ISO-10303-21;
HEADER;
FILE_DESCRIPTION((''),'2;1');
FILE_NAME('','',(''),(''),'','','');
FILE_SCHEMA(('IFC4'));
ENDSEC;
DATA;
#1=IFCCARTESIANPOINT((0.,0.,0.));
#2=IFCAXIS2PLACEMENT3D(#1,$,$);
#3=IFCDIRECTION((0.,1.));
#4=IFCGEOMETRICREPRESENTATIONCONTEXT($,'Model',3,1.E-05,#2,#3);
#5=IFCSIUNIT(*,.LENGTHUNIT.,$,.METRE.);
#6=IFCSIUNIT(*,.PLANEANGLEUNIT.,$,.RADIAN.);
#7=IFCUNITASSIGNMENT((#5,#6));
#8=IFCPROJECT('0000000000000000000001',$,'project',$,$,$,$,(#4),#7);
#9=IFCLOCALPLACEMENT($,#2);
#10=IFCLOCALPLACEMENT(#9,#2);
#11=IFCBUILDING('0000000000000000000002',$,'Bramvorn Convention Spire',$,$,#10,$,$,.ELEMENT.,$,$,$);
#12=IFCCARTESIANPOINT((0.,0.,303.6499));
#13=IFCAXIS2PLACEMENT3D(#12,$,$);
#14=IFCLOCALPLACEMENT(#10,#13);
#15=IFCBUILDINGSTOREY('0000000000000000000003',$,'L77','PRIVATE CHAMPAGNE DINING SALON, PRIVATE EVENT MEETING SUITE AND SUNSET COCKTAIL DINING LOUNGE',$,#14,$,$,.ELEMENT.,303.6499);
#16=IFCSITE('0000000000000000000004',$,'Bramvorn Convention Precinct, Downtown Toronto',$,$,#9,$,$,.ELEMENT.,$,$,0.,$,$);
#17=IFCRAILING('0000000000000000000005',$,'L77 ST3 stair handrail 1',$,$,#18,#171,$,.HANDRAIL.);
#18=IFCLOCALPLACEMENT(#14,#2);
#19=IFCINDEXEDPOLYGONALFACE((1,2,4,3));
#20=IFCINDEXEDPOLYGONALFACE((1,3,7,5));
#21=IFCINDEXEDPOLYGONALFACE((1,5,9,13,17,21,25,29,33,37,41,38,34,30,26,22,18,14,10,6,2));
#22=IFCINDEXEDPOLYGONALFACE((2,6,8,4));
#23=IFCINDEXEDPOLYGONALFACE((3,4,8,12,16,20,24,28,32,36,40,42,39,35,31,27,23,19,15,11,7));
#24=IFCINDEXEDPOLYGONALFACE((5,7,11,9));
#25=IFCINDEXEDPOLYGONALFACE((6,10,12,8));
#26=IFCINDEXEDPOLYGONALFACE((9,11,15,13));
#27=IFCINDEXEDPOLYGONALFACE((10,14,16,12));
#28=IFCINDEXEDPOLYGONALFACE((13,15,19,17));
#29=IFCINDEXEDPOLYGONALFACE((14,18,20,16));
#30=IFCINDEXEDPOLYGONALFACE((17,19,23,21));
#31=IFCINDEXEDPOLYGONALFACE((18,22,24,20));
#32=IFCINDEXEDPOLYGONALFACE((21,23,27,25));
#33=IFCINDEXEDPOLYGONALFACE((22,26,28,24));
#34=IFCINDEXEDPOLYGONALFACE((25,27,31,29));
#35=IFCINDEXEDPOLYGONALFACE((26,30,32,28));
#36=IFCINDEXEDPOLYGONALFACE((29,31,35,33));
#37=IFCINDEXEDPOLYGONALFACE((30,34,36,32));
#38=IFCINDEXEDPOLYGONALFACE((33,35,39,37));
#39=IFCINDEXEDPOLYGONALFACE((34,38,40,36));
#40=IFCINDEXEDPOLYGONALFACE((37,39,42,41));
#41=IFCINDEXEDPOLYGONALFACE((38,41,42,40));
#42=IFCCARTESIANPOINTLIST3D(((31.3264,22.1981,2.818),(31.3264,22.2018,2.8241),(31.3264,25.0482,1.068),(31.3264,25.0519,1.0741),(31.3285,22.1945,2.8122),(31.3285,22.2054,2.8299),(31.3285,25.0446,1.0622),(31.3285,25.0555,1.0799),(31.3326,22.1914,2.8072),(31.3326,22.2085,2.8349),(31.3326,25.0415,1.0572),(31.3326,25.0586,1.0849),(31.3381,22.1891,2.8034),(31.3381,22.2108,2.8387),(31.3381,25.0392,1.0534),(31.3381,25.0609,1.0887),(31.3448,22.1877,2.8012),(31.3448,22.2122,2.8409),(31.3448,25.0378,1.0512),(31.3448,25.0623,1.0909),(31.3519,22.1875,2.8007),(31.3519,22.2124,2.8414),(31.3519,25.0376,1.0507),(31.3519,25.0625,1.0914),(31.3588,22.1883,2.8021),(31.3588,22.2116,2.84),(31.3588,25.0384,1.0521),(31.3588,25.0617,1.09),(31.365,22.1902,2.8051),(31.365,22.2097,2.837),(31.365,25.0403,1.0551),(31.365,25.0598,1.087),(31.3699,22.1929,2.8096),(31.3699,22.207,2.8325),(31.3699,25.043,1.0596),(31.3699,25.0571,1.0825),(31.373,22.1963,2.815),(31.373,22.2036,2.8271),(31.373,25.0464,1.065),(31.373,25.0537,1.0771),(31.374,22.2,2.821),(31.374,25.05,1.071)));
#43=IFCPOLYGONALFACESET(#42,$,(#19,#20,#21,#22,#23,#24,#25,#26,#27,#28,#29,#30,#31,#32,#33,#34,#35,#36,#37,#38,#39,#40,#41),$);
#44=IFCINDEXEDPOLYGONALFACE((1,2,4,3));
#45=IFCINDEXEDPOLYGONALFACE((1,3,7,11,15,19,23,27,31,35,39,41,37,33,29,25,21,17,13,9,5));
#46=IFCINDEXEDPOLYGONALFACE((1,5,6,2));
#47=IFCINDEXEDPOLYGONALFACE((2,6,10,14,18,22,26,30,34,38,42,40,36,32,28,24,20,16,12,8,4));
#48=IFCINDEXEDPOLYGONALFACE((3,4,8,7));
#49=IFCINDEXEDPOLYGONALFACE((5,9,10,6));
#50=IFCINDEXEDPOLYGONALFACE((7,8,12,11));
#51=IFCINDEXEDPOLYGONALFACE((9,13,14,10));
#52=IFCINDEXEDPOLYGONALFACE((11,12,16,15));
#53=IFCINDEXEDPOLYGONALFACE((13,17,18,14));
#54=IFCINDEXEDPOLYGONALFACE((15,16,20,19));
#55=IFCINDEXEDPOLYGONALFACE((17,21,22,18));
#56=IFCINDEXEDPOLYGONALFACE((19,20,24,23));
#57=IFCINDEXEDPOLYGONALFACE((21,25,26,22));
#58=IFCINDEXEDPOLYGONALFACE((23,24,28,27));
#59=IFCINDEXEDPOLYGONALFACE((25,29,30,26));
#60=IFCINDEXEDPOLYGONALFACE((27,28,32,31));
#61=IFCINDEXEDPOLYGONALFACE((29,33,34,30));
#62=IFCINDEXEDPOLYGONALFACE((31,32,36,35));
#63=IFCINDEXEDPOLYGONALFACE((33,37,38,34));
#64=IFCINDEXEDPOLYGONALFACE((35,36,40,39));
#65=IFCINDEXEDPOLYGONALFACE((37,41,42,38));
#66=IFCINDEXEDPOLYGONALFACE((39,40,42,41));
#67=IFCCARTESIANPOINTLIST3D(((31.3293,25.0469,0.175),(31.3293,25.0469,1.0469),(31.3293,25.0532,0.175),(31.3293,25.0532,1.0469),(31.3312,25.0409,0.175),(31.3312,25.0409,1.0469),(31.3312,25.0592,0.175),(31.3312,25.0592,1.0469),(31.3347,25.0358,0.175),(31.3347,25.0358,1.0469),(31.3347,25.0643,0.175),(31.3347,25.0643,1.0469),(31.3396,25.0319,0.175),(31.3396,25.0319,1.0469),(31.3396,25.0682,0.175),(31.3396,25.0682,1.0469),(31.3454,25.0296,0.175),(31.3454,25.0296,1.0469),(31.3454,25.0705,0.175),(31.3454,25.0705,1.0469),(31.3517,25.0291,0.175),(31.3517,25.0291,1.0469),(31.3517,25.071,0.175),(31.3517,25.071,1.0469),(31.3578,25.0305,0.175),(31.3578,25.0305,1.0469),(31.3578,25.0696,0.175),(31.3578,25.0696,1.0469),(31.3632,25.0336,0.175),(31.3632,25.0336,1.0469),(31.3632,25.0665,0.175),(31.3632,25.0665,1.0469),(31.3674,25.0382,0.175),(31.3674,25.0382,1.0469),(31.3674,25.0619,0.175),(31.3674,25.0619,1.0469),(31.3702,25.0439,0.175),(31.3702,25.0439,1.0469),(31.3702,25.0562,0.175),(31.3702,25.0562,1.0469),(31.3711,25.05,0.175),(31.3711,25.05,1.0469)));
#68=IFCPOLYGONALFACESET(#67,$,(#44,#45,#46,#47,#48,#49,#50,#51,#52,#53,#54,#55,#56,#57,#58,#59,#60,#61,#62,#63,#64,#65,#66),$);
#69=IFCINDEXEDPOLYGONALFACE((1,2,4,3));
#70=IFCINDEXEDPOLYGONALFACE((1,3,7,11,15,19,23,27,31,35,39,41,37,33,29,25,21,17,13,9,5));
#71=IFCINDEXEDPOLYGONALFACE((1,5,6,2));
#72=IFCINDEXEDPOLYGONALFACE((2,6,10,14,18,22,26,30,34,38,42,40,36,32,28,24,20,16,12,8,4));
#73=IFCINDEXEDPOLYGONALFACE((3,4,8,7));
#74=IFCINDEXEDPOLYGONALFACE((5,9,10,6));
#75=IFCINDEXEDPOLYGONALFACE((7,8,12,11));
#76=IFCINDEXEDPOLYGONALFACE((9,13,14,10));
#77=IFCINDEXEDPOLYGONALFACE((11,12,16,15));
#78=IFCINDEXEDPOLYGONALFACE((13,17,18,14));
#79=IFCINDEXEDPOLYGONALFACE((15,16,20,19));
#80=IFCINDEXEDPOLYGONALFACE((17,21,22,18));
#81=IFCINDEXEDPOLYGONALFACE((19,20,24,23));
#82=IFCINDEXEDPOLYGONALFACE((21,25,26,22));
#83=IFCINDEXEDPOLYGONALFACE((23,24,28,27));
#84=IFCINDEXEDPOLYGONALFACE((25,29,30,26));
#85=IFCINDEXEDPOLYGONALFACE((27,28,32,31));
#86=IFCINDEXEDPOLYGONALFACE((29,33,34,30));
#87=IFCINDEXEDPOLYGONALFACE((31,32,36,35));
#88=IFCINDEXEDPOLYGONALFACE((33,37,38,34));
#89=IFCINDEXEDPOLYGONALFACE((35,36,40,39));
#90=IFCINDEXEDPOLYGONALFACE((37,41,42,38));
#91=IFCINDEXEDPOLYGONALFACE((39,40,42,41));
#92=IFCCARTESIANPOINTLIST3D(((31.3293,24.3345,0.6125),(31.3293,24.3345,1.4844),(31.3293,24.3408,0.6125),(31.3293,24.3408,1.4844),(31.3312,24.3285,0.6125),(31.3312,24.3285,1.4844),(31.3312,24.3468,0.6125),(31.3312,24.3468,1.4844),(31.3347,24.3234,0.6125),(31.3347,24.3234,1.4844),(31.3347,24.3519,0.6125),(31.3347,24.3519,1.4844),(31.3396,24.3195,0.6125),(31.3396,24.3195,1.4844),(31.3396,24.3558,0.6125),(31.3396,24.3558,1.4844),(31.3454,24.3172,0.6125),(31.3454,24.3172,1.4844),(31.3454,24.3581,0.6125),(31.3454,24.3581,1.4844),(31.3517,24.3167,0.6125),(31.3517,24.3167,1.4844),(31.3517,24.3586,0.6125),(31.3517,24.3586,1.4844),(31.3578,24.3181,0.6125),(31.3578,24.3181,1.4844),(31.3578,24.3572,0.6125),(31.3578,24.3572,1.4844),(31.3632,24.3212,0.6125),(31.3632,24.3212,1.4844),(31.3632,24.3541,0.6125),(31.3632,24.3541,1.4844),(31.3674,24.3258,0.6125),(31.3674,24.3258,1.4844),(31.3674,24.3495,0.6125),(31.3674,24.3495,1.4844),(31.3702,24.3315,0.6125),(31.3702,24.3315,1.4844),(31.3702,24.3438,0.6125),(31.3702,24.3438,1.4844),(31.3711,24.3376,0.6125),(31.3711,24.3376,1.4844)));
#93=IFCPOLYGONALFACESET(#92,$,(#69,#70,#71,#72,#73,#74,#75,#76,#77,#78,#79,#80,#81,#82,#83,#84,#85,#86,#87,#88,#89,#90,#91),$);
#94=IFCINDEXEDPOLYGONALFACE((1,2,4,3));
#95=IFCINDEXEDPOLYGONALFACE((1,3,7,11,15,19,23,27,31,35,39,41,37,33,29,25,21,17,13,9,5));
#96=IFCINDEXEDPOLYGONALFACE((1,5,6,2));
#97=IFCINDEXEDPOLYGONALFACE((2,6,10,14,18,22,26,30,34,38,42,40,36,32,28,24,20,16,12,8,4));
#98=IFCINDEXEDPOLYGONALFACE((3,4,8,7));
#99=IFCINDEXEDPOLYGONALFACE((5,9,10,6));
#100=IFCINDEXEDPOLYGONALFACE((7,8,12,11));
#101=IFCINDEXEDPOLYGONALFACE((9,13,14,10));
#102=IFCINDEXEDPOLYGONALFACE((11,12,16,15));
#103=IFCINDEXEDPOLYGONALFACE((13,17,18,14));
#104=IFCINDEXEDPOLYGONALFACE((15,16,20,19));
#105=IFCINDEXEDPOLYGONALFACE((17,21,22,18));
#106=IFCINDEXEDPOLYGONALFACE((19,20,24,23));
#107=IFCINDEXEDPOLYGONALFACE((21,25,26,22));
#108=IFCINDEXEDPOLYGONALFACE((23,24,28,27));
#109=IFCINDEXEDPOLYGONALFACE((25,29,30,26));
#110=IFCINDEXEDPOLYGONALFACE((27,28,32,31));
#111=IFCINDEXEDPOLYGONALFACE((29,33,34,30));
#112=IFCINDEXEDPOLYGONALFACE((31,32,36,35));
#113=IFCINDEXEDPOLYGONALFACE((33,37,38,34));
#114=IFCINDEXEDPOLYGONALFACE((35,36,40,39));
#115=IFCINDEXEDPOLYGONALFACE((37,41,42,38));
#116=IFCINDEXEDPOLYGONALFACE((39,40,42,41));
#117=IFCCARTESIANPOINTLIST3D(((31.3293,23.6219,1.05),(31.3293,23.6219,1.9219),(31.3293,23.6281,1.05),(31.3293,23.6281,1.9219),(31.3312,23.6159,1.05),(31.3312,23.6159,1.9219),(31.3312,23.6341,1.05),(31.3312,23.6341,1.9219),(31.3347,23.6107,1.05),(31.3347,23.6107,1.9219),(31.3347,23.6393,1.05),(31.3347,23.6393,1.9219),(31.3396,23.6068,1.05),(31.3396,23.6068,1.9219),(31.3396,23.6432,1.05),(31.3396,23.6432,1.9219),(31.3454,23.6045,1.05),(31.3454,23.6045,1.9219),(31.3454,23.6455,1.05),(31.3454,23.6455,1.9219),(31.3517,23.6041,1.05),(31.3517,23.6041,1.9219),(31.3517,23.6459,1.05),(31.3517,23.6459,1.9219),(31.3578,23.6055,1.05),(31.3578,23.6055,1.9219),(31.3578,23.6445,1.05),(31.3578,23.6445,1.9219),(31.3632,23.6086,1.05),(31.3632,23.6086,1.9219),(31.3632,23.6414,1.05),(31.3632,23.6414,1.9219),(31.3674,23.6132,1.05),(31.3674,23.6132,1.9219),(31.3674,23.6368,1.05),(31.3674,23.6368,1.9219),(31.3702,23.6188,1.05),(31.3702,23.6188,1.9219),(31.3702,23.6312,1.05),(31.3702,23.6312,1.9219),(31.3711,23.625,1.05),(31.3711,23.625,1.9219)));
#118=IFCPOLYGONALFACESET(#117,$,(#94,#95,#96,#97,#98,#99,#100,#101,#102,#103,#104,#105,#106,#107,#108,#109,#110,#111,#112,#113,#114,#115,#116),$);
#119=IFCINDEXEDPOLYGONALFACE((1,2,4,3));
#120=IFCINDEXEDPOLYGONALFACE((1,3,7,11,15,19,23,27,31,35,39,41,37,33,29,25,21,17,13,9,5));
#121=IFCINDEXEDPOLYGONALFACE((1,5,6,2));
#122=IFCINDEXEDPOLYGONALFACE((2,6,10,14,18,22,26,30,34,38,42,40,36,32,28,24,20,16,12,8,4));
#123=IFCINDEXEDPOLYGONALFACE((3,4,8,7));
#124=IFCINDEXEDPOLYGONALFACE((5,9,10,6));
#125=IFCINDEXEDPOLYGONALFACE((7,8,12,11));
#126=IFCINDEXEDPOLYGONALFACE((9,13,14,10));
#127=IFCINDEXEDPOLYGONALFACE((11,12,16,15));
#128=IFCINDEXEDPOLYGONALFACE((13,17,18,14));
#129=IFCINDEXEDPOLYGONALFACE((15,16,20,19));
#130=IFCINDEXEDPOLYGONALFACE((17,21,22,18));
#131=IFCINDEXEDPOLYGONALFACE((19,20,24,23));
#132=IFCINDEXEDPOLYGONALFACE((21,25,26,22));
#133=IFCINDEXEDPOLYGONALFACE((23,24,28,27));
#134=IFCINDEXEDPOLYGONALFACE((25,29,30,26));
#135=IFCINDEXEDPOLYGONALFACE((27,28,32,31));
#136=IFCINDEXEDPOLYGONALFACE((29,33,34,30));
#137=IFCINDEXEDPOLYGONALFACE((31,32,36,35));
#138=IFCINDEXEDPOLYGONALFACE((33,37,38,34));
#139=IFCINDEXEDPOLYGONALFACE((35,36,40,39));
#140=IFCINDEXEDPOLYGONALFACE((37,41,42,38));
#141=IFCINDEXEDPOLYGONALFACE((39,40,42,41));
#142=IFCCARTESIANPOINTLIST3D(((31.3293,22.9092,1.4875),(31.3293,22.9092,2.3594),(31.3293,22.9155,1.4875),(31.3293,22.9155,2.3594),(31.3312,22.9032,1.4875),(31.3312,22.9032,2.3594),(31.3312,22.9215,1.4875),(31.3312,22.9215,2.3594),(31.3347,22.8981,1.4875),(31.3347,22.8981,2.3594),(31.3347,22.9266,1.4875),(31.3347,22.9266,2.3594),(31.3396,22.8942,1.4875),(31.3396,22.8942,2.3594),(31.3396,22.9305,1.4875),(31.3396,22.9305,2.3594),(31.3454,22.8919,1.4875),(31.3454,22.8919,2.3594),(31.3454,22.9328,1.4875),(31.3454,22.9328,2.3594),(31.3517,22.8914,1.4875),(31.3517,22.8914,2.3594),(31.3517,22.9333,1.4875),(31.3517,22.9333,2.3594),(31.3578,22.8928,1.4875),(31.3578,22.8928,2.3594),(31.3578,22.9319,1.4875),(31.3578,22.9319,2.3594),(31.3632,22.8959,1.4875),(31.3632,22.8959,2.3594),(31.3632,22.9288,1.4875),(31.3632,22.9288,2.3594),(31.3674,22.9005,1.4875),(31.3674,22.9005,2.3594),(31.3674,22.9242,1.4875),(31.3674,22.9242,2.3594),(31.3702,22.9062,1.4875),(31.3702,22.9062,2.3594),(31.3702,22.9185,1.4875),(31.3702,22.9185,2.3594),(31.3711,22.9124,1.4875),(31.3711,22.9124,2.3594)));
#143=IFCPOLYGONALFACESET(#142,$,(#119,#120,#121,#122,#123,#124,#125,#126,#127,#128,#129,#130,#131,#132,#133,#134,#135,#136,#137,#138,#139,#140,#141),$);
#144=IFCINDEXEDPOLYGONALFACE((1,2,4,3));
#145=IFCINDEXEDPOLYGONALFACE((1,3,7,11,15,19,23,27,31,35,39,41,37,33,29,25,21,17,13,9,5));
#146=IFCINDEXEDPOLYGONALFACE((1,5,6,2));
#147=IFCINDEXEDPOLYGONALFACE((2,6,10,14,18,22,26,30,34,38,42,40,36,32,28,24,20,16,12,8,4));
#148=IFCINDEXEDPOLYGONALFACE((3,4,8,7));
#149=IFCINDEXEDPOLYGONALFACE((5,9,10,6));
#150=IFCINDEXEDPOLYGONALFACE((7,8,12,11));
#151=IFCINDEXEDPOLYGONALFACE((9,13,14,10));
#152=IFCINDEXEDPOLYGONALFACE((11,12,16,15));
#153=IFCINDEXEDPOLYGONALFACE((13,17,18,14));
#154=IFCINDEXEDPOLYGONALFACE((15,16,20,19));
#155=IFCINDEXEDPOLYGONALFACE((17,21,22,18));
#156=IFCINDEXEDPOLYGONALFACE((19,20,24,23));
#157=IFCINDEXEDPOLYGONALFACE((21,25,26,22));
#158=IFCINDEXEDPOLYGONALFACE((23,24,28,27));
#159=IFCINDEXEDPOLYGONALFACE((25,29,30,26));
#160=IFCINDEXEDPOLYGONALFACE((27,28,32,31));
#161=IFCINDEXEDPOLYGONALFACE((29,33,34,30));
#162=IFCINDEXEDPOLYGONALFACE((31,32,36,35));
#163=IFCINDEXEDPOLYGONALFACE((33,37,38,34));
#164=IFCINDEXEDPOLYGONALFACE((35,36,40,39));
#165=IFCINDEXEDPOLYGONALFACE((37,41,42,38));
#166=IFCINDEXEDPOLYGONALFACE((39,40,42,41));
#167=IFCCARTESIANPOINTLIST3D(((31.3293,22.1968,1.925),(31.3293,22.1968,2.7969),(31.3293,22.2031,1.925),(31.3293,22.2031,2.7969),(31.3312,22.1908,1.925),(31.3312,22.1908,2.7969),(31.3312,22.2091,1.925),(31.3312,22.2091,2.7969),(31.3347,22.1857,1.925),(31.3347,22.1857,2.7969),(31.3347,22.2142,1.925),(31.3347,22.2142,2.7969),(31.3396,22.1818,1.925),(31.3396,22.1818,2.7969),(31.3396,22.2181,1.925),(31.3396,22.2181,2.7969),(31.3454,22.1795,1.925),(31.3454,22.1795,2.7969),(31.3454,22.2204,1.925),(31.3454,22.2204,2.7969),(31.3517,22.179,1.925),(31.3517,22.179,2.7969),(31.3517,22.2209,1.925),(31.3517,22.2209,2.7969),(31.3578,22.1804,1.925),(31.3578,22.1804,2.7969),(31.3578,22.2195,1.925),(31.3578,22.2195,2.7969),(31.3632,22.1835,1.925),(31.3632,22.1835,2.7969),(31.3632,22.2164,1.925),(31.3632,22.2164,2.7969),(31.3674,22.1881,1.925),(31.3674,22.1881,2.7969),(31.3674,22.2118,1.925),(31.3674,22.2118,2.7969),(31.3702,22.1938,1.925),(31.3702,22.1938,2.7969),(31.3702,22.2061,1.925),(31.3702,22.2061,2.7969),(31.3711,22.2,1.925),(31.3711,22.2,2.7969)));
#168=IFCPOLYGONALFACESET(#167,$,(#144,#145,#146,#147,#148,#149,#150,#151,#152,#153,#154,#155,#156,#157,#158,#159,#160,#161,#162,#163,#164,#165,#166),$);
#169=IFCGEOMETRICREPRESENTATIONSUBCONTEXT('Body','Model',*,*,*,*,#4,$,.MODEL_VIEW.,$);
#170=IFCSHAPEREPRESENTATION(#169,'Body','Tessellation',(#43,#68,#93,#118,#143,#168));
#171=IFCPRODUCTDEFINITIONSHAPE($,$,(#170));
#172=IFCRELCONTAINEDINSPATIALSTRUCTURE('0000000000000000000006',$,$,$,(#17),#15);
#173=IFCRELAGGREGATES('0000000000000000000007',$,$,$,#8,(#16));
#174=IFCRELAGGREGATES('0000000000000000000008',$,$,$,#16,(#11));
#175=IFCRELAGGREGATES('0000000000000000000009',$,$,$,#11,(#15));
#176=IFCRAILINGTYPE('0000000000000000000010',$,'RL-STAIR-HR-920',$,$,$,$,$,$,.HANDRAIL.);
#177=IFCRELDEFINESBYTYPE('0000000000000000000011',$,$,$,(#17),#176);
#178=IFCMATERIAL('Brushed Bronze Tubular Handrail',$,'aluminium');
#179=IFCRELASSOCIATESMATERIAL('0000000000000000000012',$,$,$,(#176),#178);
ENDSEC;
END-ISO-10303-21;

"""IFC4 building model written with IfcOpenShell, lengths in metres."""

from ifc_helpers import new_model, si_unit, direction, frame, origin, origin_2d, place, context, subcontext, project, spatial, circle, extrude, material, type_object, element, save


model = new_model("IFC4")

# Units and contexts
model_context = context("Model", 3, precision=1e-05, world=origin(), true_north=direction((0.0, 1.0)))
body_context = subcontext(model_context, "Body", "Model", "MODEL_VIEW")
ifc_project = project(units=[si_unit("LENGTHUNIT", "METRE"), si_unit("PLANEANGLEUNIT", "RADIAN")], contexts=[model_context])

# Site, building, storey
site_placement = place(None, origin())
site = spatial("IfcSite", under=ifc_project, at=site_placement, Name="Bramvorn Convention Precinct, Downtown Toronto", CompositionType="ELEMENT", RefElevation=0.0)
building_placement = place(site_placement, origin())
building = spatial("IfcBuilding", under=site, at=building_placement, Name="Bramvorn Convention Spire", CompositionType="ELEMENT")
storey_placement = place(building_placement, frame((0.0, 0.0, 303.6499)))
storey = spatial("IfcBuildingStorey", under=building, at=storey_placement, Name="L77", Description="PRIVATE CHAMPAGNE DINING SALON, PRIVATE EVENT MEETING SUITE AND SUNSET COCKTAIL DINING LOUNGE", CompositionType="ELEMENT", Elevation=303.6499)

# Railing
ifc_material_1 = material(Name="Brushed Bronze Tubular Handrail", Category="aluminium")
railing_type_1 = type_object("IfcRailingType", Name="RL-STAIR-HR-920", PredefinedType="HANDRAIL", material=ifc_material_1)
railing_1_placement = place(storey_placement, frame((31.3501, 25.05, 0.175)))
element("IfcRailing", 1, at=railing_1_placement, inside=storey, type_object=railing_type_1, Name="L77 ST3 stair handrail 1", PredefinedType="HANDRAIL", context=body_context, shape_type="SweptSolid", body=[
    extrude(circle(Radius=0.0239, at=origin_2d()), frame((0.0, 0.0, 0.896), z_axis=(0.0, -0.852179, 0.52325), x_axis=(1.0, 0.0, 0.0)), (0.0, 0.0, 1.0), 3.3445),
    extrude(circle(Radius=0.021, at=origin_2d()), origin(), (0.0, 0.0, 1.0), 0.8718),
    extrude(circle(Radius=0.021, at=origin_2d()), frame((0.0, -0.7124, 0.4375)), (0.0, 0.0, 1.0), 0.8718),
    extrude(circle(Radius=0.021, at=origin_2d()), frame((0.0, -1.425, 0.875)), (0.0, 0.0, 1.0), 0.8718),
    extrude(circle(Radius=0.021, at=origin_2d()), frame((0.0, -2.1377, 1.3125)), (0.0, 0.0, 1.0), 0.8718),
    extrude(circle(Radius=0.021, at=origin_2d()), frame((0.0, -2.8501, 1.75)), (0.0, 0.0, 1.0), 0.8718),
])

save(model, "model.ifc")
